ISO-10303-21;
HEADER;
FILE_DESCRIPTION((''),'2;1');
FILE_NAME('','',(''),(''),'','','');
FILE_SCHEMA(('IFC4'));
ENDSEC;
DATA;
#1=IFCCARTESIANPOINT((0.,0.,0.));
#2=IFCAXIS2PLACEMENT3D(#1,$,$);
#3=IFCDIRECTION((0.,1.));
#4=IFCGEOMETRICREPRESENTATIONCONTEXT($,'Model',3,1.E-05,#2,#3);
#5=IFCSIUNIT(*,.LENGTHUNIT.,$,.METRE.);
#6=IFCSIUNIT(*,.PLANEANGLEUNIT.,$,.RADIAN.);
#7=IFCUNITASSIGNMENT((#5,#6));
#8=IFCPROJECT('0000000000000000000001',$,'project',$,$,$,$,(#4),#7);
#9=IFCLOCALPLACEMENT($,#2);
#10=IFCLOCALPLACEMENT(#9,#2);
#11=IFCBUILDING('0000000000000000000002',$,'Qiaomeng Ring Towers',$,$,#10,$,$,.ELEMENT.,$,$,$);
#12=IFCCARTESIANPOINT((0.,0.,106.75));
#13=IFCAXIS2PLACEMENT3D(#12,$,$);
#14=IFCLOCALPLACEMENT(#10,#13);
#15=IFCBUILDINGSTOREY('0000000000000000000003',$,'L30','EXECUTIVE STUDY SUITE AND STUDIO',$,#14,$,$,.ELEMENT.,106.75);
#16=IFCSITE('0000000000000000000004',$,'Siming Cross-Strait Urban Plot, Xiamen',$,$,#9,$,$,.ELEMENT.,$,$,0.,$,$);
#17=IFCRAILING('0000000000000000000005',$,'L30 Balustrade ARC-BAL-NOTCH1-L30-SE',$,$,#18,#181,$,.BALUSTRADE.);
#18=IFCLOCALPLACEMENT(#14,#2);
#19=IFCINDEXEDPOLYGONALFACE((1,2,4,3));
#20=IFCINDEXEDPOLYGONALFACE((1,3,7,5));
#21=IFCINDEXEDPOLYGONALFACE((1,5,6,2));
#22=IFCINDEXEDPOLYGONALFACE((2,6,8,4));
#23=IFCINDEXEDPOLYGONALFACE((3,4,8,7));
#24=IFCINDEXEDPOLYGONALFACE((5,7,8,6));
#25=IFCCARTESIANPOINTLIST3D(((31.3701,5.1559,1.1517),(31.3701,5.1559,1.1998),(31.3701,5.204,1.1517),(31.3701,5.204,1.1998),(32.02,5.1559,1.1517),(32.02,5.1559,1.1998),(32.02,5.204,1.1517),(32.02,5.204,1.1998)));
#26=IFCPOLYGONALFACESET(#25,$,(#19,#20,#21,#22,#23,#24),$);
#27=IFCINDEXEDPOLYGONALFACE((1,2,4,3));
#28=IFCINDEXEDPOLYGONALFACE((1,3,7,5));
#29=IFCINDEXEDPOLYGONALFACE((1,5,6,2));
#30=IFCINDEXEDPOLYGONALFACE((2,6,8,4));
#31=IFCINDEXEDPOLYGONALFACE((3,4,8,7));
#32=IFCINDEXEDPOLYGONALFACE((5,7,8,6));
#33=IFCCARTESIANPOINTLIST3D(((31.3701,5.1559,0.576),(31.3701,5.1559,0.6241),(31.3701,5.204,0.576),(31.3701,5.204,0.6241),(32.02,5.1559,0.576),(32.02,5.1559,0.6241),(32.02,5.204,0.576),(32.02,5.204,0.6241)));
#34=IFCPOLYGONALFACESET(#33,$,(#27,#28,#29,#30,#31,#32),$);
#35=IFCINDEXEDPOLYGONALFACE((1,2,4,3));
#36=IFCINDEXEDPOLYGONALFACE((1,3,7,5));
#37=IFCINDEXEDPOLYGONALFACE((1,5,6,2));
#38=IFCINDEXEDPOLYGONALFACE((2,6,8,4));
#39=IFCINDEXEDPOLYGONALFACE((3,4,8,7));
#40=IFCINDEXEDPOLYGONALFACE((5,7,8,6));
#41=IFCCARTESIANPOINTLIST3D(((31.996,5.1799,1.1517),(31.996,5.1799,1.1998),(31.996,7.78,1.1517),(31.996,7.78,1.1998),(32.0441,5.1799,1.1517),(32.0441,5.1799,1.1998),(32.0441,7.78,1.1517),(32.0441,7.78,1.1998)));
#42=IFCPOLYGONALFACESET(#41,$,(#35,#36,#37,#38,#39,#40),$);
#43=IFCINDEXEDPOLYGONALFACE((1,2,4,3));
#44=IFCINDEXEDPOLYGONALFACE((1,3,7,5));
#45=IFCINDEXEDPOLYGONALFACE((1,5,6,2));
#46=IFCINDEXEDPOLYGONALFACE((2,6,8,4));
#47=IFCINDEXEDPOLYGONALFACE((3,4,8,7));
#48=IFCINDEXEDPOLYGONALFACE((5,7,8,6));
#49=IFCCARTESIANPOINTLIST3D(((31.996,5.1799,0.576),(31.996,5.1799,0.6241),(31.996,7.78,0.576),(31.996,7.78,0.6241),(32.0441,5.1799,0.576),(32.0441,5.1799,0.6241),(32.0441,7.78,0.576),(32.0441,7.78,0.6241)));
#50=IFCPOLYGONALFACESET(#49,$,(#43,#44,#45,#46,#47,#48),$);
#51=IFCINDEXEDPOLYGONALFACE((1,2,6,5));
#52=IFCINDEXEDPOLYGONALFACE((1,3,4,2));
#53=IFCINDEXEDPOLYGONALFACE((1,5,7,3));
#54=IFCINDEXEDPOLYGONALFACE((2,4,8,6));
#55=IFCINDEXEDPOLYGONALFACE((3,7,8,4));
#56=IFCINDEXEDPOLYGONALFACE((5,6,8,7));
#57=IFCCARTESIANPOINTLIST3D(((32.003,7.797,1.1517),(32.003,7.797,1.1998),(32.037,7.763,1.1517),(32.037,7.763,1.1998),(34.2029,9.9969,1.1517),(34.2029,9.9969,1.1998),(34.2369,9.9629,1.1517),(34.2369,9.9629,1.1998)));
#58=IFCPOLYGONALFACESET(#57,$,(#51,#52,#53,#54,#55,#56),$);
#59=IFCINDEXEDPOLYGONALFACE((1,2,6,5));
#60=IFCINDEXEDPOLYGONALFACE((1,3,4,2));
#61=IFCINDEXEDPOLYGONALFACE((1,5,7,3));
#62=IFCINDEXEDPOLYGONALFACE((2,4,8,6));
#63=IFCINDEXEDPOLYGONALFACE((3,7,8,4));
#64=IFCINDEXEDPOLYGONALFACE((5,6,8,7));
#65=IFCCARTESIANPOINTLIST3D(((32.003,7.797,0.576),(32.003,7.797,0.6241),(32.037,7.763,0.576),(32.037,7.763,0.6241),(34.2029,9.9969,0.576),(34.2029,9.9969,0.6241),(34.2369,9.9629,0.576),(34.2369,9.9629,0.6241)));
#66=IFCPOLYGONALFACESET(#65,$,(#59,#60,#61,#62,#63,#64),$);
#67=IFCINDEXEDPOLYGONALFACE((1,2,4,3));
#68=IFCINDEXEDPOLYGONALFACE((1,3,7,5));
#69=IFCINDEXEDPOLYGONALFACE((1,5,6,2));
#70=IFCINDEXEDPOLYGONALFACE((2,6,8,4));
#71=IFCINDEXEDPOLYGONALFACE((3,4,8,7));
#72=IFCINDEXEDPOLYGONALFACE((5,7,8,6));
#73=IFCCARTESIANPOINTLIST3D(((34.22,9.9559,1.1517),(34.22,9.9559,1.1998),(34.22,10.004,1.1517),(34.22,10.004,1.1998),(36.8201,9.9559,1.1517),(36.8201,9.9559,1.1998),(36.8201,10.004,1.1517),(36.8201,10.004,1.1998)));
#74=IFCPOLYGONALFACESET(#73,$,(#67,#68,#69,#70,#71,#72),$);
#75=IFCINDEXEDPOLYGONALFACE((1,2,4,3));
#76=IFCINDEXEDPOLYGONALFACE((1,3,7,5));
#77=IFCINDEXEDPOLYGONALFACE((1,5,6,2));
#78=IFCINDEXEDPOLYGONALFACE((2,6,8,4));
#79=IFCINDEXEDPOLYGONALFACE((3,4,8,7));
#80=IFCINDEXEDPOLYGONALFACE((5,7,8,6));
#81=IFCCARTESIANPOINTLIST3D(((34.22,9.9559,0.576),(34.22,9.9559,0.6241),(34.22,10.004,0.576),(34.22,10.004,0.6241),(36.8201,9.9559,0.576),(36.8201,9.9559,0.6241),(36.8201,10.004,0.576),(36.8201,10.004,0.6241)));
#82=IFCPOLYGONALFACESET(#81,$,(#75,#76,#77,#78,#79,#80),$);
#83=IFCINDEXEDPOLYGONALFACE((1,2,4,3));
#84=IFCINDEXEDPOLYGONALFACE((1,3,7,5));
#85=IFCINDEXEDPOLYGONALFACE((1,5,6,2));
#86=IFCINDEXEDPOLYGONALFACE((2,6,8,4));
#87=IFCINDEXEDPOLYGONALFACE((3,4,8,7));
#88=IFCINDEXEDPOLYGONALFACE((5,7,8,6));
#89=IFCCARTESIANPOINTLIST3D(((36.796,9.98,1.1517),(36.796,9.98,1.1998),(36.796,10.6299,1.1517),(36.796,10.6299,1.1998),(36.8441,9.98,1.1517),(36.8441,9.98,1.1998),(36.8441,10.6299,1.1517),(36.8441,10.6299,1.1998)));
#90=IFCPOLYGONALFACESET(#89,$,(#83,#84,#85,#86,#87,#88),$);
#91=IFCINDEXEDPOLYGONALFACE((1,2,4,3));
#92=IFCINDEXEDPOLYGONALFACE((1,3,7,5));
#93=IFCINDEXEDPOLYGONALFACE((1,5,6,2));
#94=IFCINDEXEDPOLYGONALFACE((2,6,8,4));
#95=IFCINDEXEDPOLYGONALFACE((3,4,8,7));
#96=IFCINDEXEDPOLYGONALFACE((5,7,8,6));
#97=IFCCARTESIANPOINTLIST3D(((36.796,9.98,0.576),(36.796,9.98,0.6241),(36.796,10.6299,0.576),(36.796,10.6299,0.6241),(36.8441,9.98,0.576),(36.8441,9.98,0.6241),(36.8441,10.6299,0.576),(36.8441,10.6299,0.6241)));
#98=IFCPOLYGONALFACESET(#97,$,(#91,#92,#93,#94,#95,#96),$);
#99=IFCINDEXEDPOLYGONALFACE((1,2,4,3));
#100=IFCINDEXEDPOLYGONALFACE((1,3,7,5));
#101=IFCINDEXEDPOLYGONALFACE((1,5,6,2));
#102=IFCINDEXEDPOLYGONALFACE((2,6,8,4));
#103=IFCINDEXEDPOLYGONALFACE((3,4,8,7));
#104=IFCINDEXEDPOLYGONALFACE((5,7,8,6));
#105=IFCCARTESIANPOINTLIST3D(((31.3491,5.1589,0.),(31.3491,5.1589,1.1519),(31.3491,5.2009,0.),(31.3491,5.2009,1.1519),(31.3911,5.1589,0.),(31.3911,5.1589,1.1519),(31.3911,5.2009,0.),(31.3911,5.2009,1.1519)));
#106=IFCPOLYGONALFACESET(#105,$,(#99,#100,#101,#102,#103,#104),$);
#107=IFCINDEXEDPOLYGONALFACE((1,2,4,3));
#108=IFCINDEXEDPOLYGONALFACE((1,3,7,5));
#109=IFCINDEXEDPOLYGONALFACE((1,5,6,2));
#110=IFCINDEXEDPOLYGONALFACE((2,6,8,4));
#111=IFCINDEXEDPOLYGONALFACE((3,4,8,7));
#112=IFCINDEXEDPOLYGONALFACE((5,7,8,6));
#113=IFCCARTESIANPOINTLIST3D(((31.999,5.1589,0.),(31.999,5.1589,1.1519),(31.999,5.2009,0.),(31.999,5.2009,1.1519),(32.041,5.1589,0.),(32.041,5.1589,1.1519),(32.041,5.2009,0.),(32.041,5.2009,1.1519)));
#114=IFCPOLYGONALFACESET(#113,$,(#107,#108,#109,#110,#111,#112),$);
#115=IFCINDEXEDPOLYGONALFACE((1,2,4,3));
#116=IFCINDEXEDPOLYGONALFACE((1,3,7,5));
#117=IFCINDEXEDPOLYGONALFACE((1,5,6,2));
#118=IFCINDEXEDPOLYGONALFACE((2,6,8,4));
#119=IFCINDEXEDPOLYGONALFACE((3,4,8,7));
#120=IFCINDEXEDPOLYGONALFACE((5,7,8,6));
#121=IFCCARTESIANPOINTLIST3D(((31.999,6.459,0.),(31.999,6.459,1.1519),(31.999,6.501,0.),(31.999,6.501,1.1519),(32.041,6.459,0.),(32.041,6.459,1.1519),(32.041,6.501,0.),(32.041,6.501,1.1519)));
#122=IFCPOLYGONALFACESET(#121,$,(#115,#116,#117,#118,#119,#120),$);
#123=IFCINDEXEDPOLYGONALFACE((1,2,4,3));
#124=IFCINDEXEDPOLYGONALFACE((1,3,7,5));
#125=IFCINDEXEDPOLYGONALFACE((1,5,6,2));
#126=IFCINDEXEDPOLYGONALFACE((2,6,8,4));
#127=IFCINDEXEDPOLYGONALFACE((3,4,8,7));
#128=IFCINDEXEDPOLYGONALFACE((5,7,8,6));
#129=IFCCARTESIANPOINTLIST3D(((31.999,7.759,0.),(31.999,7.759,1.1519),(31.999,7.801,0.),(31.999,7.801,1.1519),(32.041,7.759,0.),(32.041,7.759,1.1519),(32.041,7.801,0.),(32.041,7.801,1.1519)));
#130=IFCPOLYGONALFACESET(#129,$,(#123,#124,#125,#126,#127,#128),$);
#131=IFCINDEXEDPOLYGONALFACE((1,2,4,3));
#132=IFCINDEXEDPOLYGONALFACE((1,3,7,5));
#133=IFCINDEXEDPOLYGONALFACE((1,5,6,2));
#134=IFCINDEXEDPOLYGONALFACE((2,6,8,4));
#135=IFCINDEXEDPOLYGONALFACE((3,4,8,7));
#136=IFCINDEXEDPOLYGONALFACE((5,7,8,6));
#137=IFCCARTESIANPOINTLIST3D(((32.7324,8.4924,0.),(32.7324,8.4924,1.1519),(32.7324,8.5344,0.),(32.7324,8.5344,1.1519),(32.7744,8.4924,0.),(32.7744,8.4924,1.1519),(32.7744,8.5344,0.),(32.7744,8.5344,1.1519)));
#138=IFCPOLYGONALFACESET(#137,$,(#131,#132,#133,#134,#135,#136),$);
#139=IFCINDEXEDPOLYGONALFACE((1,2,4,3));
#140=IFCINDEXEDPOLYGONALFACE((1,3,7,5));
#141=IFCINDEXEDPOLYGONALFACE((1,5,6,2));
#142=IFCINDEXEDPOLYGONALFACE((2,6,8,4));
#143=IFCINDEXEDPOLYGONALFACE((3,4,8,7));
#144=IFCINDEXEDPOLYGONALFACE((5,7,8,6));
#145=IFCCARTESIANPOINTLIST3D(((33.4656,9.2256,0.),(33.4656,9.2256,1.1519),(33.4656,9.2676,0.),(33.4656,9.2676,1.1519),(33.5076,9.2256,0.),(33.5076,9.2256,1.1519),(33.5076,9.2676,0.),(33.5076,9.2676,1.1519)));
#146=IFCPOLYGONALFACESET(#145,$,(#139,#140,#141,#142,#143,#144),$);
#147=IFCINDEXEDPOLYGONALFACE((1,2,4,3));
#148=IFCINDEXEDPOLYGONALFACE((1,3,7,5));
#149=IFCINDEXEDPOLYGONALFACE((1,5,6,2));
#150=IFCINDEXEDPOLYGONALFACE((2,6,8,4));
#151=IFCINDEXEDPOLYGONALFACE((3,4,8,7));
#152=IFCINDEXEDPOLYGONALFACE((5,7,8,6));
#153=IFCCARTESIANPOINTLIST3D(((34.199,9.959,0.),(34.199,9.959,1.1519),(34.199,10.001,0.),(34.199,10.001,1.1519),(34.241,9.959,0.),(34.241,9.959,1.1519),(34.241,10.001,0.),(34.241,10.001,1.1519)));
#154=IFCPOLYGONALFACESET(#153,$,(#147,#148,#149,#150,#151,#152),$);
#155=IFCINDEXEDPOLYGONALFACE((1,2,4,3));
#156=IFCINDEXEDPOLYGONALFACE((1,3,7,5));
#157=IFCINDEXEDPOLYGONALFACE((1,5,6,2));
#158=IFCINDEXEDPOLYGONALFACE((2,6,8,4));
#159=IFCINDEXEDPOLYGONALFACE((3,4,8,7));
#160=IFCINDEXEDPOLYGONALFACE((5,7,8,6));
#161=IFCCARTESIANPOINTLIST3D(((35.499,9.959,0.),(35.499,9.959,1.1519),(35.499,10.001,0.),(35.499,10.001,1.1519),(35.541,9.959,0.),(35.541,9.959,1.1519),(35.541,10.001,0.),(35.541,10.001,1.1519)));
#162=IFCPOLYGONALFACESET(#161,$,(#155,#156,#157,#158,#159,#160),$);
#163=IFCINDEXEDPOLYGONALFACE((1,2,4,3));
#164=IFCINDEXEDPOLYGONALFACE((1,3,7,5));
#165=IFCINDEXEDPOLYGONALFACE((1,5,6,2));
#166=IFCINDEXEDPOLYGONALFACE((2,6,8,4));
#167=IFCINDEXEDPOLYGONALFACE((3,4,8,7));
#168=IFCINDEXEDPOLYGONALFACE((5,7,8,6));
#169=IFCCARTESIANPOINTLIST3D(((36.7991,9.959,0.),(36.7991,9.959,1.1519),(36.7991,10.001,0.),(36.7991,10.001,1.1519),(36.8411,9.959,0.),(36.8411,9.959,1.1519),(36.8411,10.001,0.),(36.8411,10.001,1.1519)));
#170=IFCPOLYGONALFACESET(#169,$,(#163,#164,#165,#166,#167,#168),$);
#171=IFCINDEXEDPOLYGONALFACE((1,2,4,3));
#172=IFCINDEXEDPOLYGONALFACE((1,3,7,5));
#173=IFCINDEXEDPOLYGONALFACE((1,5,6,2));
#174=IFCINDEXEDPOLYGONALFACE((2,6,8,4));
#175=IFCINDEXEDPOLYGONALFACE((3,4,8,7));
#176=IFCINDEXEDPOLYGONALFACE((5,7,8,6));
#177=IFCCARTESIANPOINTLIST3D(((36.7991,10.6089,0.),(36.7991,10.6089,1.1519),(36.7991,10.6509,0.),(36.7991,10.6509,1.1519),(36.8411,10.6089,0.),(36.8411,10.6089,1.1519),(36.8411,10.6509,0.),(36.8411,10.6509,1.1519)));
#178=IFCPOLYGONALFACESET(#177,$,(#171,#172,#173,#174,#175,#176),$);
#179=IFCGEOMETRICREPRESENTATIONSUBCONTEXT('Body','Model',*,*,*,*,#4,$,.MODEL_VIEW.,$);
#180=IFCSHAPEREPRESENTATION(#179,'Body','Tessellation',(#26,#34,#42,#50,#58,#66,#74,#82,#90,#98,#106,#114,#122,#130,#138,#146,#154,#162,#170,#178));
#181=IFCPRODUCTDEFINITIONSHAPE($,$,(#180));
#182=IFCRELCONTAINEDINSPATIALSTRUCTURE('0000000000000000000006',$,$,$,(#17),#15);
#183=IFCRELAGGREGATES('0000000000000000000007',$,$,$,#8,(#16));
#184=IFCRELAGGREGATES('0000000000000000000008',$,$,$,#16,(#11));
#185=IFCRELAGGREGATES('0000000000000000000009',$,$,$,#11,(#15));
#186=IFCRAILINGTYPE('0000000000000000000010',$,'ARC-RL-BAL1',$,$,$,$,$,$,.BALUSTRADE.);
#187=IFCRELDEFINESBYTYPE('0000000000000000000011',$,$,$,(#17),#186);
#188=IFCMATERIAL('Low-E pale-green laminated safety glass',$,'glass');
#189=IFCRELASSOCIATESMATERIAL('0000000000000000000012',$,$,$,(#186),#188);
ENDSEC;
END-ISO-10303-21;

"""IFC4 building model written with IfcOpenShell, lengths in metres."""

from ifc_helpers import new_model, si_unit, direction, frame, origin, origin_2d, place, context, subcontext, project, spatial, rectangle, extrude, material, type_object, element, save


model = new_model("IFC4")

# Units and contexts
model_context = context("Model", 3, precision=1e-05, world=origin(), true_north=direction((0.0, 1.0)))
body_context = subcontext(model_context, "Body", "Model", "MODEL_VIEW")
ifc_project = project(units=[si_unit("LENGTHUNIT", "METRE"), si_unit("PLANEANGLEUNIT", "RADIAN")], contexts=[model_context])

# Site, building, storey
site_placement = place(None, origin())
site = spatial("IfcSite", under=ifc_project, at=site_placement, Name="Siming Cross-Strait Urban Plot, Xiamen", CompositionType="ELEMENT", RefElevation=0.0)
building_placement = place(site_placement, origin())
building = spatial("IfcBuilding", under=site, at=building_placement, Name="Qiaomeng Ring Towers", CompositionType="ELEMENT")
storey_placement = place(building_placement, frame((0.0, 0.0, 106.75)))
storey = spatial("IfcBuildingStorey", under=building, at=storey_placement, Name="L30", Description="EXECUTIVE STUDY SUITE AND STUDIO", CompositionType="ELEMENT", Elevation=106.75)

# Railing
ifc_material_1 = material(Name="Low-E pale-green laminated safety glass", Category="glass")
railing_type = type_object("IfcRailingType", Name="ARC-RL-BAL1", PredefinedType="BALUSTRADE", material=ifc_material_1)
railing_placement = place(storey_placement, frame((31.3701, 5.1799, 0.0)))
element("IfcRailing", 1, at=railing_placement, inside=storey, type_object=railing_type, Name="L30 Balustrade ARC-BAL-NOTCH1-L30-SE", PredefinedType="BALUSTRADE", context=body_context, shape_type="SweptSolid", body=[
    extrude(rectangle(XDim=0.0481, YDim=0.0481, at=origin_2d()), frame((0.0, 0.0, 1.1758), z_axis=(1.0, 0.0, 0.0), x_axis=(0.0, 1.0, 0.0)), (0.0, 0.0, 1.0), 0.6499),
    extrude(rectangle(XDim=0.0481, YDim=0.0481, at=origin_2d()), frame((0.0, 0.0, 0.6001), z_axis=(1.0, 0.0, 0.0), x_axis=(0.0, 1.0, 0.0)), (0.0, 0.0, 1.0), 0.6499),
    extrude(rectangle(XDim=0.0481, YDim=0.0481, at=origin_2d()), frame((0.6499, 0.0, 1.1758), z_axis=(0.0, 1.0, 0.0), x_axis=(-1.0, 0.0, 0.0)), (0.0, 0.0, 1.0), 2.6001),
    extrude(rectangle(XDim=0.0481, YDim=0.0481, at=origin_2d()), frame((0.6499, 0.0, 0.6001), z_axis=(0.0, 1.0, 0.0), x_axis=(-1.0, 0.0, 0.0)), (0.0, 0.0, 1.0), 2.6001),
    extrude(rectangle(XDim=0.0481, YDim=0.0481, at=origin_2d()), frame((0.6499, 2.6001, 1.1758), z_axis=(0.707107, 0.707107, 0.0), x_axis=(-0.707107, 0.707107, 0.0)), (0.0, 0.0, 1.0), 3.1111),
    extrude(rectangle(XDim=0.0481, YDim=0.0481, at=origin_2d()), frame((0.6499, 2.6001, 0.6001), z_axis=(0.707107, 0.707107, 0.0), x_axis=(-0.707107, 0.707107, 0.0)), (0.0, 0.0, 1.0), 3.1111),
    extrude(rectangle(XDim=0.0481, YDim=0.0481, at=origin_2d()), frame((2.8499, 4.8, 1.1758), z_axis=(1.0, 0.0, 0.0), x_axis=(0.0, 1.0, 0.0)), (0.0, 0.0, 1.0), 2.6001),
    extrude(rectangle(XDim=0.0481, YDim=0.0481, at=origin_2d()), frame((2.8499, 4.8, 0.6001), z_axis=(1.0, 0.0, 0.0), x_axis=(0.0, 1.0, 0.0)), (0.0, 0.0, 1.0), 2.6001),
    extrude(rectangle(XDim=0.0481, YDim=0.0481, at=origin_2d()), frame((5.45, 4.8, 1.1758), z_axis=(0.0, 1.0, 0.0), x_axis=(-1.0, 0.0, 0.0)), (0.0, 0.0, 1.0), 0.6499),
    extrude(rectangle(XDim=0.0481, YDim=0.0481, at=origin_2d()), frame((5.45, 4.8, 0.6001), z_axis=(0.0, 1.0, 0.0), x_axis=(-1.0, 0.0, 0.0)), (0.0, 0.0, 1.0), 0.6499),
    extrude(rectangle(XDim=0.042, YDim=0.042, at=origin_2d()), origin(), (0.0, 0.0, 1.0), 1.1519),
    extrude(rectangle(XDim=0.042, YDim=0.042, at=origin_2d()), frame((0.6499, 0.0, 0.0)), (0.0, 0.0, 1.0), 1.1519),
    extrude(rectangle(XDim=0.042, YDim=0.042, at=origin_2d()), frame((0.6499, 1.3, 0.0)), (0.0, 0.0, 1.0), 1.1519),
    extrude(rectangle(XDim=0.042, YDim=0.042, at=origin_2d()), frame((0.6499, 2.6001, 0.0)), (0.0, 0.0, 1.0), 1.1519),
    extrude(rectangle(XDim=0.042, YDim=0.042, at=origin_2d()), frame((1.3833, 3.3335, 0.0)), (0.0, 0.0, 1.0), 1.1519),
    extrude(rectangle(XDim=0.042, YDim=0.042, at=origin_2d()), frame((2.1165, 4.0667, 0.0)), (0.0, 0.0, 1.0), 1.1519),
    extrude(rectangle(XDim=0.042, YDim=0.042, at=origin_2d()), frame((2.8499, 4.8, 0.0)), (0.0, 0.0, 1.0), 1.1519),
    extrude(rectangle(XDim=0.042, YDim=0.042, at=origin_2d()), frame((4.1499, 4.8, 0.0)), (0.0, 0.0, 1.0), 1.1519),
    extrude(rectangle(XDim=0.042, YDim=0.042, at=origin_2d()), frame((5.45, 4.8, 0.0)), (0.0, 0.0, 1.0), 1.1519),
    extrude(rectangle(XDim=0.042, YDim=0.042, at=origin_2d()), frame((5.45, 5.45, 0.0)), (0.0, 0.0, 1.0), 1.1519),
])

save(model, "model.ifc")
